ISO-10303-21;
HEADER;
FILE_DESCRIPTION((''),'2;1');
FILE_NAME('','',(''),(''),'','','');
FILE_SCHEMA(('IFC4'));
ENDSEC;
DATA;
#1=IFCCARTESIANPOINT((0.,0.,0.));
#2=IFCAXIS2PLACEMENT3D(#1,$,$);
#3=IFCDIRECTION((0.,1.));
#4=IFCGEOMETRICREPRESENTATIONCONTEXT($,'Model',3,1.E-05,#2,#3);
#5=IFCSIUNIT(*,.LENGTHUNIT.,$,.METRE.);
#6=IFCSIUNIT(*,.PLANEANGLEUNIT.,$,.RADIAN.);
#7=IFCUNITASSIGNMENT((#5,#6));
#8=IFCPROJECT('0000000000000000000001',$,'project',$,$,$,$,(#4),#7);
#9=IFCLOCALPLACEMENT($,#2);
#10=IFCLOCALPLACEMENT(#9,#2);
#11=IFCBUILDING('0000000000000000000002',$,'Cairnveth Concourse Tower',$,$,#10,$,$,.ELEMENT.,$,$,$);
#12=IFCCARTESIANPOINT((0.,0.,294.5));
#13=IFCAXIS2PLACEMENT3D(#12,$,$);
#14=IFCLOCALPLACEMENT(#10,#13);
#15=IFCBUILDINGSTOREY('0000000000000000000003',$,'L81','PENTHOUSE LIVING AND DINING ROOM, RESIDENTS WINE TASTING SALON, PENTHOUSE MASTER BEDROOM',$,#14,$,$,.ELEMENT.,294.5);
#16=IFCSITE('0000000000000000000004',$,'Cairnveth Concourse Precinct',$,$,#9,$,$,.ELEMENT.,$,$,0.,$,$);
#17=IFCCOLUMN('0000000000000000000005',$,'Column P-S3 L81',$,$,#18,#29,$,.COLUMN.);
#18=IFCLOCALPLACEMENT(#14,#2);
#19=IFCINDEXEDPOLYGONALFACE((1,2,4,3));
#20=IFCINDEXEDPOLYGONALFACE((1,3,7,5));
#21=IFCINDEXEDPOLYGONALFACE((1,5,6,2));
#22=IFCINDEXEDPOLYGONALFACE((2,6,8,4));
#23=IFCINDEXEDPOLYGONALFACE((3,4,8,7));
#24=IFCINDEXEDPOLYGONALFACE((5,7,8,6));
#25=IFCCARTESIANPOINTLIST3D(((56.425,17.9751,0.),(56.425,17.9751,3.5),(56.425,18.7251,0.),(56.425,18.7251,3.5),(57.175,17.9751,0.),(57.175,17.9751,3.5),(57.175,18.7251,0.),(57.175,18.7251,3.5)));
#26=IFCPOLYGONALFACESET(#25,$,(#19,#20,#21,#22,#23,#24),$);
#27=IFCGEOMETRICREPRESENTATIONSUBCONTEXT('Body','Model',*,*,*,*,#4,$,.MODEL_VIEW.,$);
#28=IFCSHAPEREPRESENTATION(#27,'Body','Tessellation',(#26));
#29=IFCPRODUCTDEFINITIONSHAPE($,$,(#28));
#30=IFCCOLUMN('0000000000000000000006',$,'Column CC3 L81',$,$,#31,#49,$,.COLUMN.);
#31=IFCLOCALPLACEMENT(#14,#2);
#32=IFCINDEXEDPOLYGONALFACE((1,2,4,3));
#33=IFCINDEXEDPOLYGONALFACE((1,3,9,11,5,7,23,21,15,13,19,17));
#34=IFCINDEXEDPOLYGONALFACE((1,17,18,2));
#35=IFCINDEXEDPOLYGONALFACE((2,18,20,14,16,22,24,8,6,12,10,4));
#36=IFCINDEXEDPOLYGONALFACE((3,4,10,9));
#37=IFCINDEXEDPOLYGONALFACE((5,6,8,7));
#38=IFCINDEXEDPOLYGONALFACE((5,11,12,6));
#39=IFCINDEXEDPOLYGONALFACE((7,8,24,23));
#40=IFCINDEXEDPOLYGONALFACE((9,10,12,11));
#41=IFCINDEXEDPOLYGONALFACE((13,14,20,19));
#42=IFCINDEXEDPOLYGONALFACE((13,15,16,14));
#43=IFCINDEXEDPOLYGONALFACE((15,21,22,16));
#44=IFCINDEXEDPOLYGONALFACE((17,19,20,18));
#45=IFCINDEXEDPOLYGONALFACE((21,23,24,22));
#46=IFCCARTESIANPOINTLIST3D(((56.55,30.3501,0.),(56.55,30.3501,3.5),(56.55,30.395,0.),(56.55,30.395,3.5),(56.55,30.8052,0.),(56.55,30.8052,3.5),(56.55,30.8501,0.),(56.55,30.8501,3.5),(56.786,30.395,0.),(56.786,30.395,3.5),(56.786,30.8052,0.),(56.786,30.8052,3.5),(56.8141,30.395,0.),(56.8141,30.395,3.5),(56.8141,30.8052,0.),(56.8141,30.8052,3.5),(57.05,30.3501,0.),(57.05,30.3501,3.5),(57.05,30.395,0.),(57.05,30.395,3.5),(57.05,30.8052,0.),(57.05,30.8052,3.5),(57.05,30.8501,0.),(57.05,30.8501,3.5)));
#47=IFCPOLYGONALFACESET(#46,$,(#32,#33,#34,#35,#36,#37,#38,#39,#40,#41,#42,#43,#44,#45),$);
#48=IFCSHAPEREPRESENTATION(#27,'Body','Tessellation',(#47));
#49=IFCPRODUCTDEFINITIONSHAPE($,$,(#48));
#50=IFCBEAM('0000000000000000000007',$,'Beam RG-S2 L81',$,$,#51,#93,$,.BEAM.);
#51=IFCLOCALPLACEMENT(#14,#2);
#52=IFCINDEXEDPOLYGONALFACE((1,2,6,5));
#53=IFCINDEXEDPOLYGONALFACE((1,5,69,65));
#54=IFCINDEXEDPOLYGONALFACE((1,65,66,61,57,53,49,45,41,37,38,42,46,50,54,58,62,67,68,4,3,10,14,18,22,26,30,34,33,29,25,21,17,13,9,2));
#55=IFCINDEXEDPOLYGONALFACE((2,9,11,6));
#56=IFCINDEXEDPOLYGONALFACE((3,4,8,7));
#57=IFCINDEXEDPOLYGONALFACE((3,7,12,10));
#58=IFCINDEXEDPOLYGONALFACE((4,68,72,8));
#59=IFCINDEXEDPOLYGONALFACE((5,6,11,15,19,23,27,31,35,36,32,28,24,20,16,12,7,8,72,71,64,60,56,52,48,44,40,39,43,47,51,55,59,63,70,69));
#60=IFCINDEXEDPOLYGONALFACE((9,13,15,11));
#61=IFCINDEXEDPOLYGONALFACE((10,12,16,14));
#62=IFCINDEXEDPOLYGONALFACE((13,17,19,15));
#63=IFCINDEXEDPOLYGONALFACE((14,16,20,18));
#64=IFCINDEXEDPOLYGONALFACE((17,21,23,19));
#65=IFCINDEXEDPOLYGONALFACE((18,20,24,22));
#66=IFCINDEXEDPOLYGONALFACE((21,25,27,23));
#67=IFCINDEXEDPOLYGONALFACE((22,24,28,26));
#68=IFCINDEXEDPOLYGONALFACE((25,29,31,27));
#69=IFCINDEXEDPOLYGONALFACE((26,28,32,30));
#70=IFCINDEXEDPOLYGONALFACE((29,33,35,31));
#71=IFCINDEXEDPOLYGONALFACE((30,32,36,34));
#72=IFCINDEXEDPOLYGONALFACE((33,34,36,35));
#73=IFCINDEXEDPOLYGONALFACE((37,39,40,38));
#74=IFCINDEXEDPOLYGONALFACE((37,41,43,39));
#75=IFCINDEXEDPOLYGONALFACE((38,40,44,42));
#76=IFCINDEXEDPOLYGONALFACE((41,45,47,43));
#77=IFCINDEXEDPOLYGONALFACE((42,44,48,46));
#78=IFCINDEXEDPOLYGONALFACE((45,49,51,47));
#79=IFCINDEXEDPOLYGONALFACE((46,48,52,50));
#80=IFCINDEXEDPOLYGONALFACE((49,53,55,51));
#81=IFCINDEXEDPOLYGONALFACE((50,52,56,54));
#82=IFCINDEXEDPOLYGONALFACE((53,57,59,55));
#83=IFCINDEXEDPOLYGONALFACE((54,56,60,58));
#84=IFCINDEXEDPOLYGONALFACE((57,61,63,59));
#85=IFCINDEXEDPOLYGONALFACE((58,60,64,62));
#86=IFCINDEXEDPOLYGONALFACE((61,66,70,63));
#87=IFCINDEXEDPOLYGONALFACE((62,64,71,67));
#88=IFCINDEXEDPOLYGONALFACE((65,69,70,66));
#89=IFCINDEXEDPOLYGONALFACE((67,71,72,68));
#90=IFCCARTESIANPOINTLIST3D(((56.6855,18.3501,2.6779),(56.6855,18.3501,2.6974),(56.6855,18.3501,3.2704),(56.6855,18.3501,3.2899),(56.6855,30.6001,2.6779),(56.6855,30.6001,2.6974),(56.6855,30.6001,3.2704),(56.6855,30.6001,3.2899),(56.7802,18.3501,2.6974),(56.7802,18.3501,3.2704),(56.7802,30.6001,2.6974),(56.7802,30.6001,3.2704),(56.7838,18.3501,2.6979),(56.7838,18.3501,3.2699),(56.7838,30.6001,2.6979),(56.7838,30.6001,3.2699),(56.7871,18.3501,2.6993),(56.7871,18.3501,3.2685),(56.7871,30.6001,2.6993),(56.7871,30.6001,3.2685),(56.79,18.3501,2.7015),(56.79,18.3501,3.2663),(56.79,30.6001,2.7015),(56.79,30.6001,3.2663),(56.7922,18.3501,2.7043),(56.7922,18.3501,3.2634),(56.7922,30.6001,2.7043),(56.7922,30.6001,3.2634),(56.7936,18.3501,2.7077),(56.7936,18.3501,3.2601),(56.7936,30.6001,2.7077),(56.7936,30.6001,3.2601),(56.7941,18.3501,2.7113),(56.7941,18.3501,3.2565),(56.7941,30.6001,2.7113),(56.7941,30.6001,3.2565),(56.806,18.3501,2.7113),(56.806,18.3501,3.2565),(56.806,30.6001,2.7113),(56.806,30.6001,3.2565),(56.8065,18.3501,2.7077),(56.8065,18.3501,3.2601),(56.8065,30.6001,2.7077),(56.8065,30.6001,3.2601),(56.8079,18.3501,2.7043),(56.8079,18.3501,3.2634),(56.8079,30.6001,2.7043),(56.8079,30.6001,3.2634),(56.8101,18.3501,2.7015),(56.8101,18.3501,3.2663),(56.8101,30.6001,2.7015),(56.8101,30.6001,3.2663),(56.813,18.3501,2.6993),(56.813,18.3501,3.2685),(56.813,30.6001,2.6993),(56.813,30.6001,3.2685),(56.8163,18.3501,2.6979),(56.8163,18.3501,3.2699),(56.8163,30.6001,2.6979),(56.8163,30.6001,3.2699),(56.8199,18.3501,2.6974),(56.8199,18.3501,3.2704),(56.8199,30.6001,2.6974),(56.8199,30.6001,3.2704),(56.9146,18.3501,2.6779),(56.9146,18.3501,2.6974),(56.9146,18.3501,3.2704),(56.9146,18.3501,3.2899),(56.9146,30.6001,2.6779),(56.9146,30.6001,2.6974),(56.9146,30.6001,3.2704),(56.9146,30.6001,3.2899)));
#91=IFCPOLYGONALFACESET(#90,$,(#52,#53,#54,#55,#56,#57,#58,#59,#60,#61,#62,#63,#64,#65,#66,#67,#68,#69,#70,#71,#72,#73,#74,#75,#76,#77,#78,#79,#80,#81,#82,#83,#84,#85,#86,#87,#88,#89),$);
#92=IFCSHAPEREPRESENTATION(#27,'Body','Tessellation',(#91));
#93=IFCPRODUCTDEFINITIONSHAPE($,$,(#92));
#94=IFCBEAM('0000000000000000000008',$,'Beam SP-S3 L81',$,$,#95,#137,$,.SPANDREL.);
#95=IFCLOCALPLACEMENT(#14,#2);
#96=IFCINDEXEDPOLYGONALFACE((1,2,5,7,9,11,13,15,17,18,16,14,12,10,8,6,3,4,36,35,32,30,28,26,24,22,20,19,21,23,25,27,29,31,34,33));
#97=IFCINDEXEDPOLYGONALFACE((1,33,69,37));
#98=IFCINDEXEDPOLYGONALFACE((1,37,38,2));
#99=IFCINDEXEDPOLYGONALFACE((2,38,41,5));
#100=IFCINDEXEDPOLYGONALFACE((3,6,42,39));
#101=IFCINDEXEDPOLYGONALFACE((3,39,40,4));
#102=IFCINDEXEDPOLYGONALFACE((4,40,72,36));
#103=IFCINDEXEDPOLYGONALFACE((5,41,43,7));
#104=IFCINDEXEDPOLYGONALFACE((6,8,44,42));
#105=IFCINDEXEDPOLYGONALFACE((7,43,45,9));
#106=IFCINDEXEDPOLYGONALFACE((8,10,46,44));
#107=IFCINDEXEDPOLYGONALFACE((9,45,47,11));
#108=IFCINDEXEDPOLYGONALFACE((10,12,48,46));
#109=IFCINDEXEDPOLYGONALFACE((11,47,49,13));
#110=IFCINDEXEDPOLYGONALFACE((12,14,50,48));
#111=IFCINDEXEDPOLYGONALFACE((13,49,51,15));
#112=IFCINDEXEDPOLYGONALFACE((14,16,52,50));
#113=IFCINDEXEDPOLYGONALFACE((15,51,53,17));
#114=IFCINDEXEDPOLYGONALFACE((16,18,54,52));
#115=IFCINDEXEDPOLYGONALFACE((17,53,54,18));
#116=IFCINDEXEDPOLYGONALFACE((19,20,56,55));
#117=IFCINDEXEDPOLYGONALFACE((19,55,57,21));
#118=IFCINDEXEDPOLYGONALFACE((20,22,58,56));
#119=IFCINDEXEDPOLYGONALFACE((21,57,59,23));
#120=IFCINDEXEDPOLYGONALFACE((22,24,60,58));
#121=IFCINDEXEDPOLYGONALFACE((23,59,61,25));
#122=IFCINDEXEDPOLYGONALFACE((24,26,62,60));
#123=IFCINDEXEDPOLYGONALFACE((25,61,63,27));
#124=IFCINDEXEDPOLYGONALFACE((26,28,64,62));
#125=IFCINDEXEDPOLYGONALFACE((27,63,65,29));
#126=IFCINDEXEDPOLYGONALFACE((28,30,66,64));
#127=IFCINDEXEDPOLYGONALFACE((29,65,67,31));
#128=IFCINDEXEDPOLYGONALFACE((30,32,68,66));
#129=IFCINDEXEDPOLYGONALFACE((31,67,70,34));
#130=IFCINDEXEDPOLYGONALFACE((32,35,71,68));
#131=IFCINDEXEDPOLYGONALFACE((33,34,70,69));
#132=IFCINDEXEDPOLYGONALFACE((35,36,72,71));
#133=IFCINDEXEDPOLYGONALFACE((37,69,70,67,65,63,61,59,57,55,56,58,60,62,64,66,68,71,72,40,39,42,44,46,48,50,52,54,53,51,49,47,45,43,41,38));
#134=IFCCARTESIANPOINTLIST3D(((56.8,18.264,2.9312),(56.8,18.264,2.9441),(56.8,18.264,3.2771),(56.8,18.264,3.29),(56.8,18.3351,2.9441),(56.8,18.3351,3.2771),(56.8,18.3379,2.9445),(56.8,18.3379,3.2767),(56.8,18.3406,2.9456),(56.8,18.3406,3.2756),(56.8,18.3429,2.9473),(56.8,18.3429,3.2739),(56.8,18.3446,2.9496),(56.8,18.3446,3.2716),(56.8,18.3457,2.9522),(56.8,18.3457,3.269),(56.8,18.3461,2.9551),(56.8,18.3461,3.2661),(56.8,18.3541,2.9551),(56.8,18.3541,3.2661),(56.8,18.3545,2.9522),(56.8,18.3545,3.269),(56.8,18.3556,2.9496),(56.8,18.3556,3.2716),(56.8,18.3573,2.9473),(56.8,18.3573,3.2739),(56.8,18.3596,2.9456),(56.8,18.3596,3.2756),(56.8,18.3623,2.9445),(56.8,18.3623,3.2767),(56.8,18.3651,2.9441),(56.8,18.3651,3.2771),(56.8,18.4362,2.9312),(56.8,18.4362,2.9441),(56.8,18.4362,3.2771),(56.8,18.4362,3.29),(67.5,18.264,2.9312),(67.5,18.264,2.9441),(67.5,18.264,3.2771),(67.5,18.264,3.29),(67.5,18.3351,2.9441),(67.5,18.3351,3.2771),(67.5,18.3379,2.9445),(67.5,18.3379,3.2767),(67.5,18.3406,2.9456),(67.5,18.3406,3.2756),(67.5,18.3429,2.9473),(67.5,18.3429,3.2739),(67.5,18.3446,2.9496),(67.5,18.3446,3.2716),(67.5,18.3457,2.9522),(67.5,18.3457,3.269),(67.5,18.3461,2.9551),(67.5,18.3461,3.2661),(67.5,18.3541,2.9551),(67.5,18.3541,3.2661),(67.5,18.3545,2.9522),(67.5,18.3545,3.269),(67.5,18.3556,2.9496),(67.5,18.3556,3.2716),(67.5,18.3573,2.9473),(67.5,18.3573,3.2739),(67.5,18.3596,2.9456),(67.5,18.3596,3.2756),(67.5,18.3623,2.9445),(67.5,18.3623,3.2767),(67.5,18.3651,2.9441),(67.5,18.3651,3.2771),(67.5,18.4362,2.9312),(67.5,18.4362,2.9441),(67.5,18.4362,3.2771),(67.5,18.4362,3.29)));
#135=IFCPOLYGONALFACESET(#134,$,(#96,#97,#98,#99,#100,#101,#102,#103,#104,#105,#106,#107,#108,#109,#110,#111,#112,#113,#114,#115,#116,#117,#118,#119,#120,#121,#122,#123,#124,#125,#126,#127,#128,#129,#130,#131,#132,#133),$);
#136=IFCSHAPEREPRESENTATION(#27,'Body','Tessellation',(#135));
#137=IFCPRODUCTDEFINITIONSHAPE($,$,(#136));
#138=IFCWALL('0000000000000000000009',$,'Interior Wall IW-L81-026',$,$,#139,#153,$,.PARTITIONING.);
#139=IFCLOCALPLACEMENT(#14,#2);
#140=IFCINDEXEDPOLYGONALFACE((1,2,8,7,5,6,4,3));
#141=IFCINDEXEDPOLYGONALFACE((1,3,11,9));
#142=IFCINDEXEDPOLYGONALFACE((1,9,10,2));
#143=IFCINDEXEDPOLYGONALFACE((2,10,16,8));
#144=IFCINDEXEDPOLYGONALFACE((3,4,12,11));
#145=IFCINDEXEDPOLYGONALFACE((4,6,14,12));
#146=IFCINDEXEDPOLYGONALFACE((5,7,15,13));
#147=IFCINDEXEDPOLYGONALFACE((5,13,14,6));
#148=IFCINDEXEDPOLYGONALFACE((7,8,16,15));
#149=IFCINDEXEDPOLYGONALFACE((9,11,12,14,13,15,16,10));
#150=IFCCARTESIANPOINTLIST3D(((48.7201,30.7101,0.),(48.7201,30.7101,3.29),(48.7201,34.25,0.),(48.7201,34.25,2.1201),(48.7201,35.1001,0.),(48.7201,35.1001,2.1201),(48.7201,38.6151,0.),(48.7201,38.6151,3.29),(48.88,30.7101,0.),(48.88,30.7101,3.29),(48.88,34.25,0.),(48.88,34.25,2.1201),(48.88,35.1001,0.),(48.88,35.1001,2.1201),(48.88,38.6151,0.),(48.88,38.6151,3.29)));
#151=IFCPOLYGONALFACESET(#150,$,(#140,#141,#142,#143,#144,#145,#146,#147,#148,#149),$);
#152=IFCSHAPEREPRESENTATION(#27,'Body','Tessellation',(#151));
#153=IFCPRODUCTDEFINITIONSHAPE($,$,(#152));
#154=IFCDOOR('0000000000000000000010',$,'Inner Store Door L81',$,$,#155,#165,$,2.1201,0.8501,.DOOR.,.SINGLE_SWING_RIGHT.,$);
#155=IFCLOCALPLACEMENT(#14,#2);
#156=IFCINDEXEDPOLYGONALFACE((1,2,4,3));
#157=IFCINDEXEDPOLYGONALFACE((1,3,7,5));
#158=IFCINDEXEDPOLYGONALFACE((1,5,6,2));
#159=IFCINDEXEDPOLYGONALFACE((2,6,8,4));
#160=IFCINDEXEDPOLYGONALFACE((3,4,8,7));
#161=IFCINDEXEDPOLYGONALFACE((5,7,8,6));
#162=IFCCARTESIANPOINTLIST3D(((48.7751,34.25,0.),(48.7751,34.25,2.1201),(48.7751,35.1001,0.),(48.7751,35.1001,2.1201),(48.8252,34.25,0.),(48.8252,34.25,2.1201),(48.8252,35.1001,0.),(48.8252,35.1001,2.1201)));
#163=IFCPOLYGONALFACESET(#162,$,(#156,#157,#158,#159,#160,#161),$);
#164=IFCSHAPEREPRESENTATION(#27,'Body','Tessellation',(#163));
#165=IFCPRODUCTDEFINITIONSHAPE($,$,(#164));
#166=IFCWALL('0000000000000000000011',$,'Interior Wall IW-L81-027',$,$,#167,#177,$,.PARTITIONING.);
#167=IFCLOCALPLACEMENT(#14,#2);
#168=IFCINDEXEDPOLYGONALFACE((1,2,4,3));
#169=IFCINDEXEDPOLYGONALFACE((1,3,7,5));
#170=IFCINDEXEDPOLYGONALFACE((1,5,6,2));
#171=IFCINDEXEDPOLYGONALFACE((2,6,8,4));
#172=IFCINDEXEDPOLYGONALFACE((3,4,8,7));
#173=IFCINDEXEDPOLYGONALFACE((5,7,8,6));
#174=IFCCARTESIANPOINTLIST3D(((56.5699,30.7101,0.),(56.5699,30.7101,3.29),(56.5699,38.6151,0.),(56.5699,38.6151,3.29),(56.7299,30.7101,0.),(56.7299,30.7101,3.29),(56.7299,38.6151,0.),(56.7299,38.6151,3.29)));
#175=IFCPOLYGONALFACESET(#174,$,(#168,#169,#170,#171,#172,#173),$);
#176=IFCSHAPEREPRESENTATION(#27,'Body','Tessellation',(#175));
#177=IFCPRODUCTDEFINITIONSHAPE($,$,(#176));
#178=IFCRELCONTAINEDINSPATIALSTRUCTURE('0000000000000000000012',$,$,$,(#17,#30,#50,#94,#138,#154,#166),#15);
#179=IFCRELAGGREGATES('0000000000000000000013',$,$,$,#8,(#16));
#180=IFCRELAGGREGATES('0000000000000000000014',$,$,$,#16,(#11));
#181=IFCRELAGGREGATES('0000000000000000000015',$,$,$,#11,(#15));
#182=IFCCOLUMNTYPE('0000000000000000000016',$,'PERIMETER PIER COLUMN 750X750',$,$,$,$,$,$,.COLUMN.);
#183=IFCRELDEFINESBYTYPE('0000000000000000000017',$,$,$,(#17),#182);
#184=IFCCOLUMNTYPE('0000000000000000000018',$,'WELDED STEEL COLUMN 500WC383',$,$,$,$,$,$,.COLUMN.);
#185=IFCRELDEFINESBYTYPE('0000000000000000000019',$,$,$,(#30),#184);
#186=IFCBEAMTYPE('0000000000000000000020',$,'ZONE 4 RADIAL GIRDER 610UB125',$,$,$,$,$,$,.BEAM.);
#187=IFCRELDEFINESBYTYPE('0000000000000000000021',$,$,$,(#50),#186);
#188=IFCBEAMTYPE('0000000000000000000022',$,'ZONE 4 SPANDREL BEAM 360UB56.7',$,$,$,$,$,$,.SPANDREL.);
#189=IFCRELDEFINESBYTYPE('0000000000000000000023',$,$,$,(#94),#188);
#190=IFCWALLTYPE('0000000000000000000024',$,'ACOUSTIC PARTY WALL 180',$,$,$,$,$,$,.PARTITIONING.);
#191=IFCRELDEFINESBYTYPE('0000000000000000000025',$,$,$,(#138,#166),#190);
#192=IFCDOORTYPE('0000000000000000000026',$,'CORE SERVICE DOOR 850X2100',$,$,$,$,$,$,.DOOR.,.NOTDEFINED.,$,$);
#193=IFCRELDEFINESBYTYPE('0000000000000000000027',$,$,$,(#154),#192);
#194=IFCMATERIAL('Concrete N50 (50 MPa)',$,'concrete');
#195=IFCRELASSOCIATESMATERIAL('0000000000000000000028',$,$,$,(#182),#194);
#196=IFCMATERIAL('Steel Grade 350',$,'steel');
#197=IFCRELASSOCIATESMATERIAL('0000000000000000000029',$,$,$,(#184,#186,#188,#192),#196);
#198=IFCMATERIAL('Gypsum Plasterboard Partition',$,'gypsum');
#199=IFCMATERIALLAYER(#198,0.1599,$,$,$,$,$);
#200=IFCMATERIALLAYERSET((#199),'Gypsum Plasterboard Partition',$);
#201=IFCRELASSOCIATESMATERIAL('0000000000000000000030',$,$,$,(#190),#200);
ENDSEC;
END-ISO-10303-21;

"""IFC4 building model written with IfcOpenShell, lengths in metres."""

from ifc_helpers import new_model, si_unit, direction, frame, frame_2d, origin, origin_2d, place, context, subcontext, project, spatial, rectangle, i_section, extrude, material, layer, layer_set, material_profile, profile_set, type_object, element, fill, save


model = new_model("IFC4")

# Units and contexts
model_context = context("Model", 3, precision=1e-05, world=origin(), true_north=direction((0.0, 1.0)))
body_context = subcontext(model_context, "Body", "Model", "MODEL_VIEW")
ifc_project = project(units=[si_unit("LENGTHUNIT", "METRE"), si_unit("PLANEANGLEUNIT", "RADIAN")], contexts=[model_context])

# Site, building, storey
site_placement = place(None, origin())
site = spatial("IfcSite", under=ifc_project, at=site_placement, Name="Cairnveth Concourse Precinct", CompositionType="ELEMENT", RefElevation=0.0)
building_placement = place(site_placement, origin())
building = spatial("IfcBuilding", under=site, at=building_placement, Name="Cairnveth Concourse Tower", CompositionType="ELEMENT")
storey_placement = place(building_placement, frame((0.0, 0.0, 294.5)))
storey = spatial("IfcBuildingStorey", under=building, at=storey_placement, Name="L81", Description="PENTHOUSE LIVING AND DINING ROOM, RESIDENTS WINE TASTING SALON, PENTHOUSE MASTER BEDROOM", CompositionType="ELEMENT", Elevation=294.5)

# Columns
ifc_material_1 = material(Name="Concrete N50 (50 MPa)", Category="concrete")
ifc_material_profile_1 = material_profile(ifc_material_1, rectangle(XDim=0.75, YDim=0.75, at=origin_2d()), Name="RC-COL-750x750")
ifc_profile_set_1 = profile_set([ifc_material_profile_1], Name="Concrete N50 (50 MPa)")
column_type_1 = type_object("IfcColumnType", Name="PERIMETER PIER COLUMN 750X750", PredefinedType="COLUMN", material=ifc_profile_set_1)
column_1_placement = place(storey_placement, frame((56.8, 18.3501, 0.0), z_axis=(0.0, 0.0, 1.0), x_axis=(1.0, 0.0, 0.0)))
element("IfcColumn", 1, at=column_1_placement, inside=storey, type_object=column_type_1, Name="Column P-S3 L81", PredefinedType="COLUMN", context=body_context, shape_type="SweptSolid", body=[
    extrude(rectangle(XDim=0.75, YDim=0.75, at=origin_2d()), origin(), (0.0, 0.0, 1.0), 3.5),
])
ifc_material_2 = material(Name="Steel Grade 350", Category="steel")
ifc_material_profile_2 = material_profile(ifc_material_2, i_section(OverallWidth=0.5, OverallDepth=0.5, WebThickness=0.0281, FlangeThickness=0.0449, at=origin_2d()), Name="500WC383")
ifc_profile_set_2 = profile_set([ifc_material_profile_2], Name="Steel Grade 350")
column_type_2 = type_object("IfcColumnType", Name="WELDED STEEL COLUMN 500WC383", PredefinedType="COLUMN", material=ifc_profile_set_2)
column_2_placement = place(storey_placement, frame((56.8, 30.6001, 0.0), z_axis=(0.0, 0.0, 1.0), x_axis=(1.0, 0.0, 0.0)))
element("IfcColumn", 2, at=column_2_placement, inside=storey, type_object=column_type_2, Name="Column CC3 L81", PredefinedType="COLUMN", context=body_context, shape_type="SweptSolid", body=[
    extrude(i_section(OverallWidth=0.5, OverallDepth=0.5, WebThickness=0.0281, FlangeThickness=0.0449, at=origin_2d()), origin(), (0.0, 0.0, 1.0), 3.5),
])

# Beams
ifc_material_profile_3 = material_profile(ifc_material_2, i_section(OverallWidth=0.229, OverallDepth=0.6121, WebThickness=0.012, FlangeThickness=0.0195, FilletRadius=0.0139, at=origin_2d()), Name="610UB125")
ifc_profile_set_3 = profile_set([ifc_material_profile_3], Name="Steel Grade 350")
beam_type_1 = type_object("IfcBeamType", Name="ZONE 4 RADIAL GIRDER 610UB125", PredefinedType="BEAM", material=ifc_profile_set_3)
beam_1_placement = place(storey_placement, frame((56.8, 18.3501, 2.9839), z_axis=(0.0, 1.0, 0.0), x_axis=(-1.0, 0.0, 0.0)))
element("IfcBeam", 3, at=beam_1_placement, inside=storey, type_object=beam_type_1, Name="Beam RG-S2 L81", PredefinedType="BEAM", context=body_context, shape_type="SweptSolid", body=[
    extrude(i_section(OverallWidth=0.229, OverallDepth=0.6121, WebThickness=0.012, FlangeThickness=0.0195, FilletRadius=0.0139, at=origin_2d()), origin(), (0.0, 0.0, 1.0), 12.25),
])
ifc_material_profile_4 = material_profile(ifc_material_2, i_section(OverallWidth=0.1721, OverallDepth=0.3589, WebThickness=0.0081, FlangeThickness=0.0129, FilletRadius=0.011, at=origin_2d()), Name="360UB56.7")
ifc_profile_set_4 = profile_set([ifc_material_profile_4], Name="Steel Grade 350")
beam_type_2 = type_object("IfcBeamType", Name="ZONE 4 SPANDREL BEAM 360UB56.7", PredefinedType="SPANDREL", material=ifc_profile_set_4)
beam_2_placement = place(storey_placement, frame((56.8, 18.3501, 3.1106), z_axis=(1.0, 0.0, 0.0), x_axis=(0.0, 1.0, 0.0)))
element("IfcBeam", 4, at=beam_2_placement, inside=storey, type_object=beam_type_2, Name="Beam SP-S3 L81", PredefinedType="SPANDREL", context=body_context, shape_type="SweptSolid", body=[
    extrude(i_section(OverallWidth=0.1721, OverallDepth=0.3589, WebThickness=0.0081, FlangeThickness=0.0129, FilletRadius=0.011, at=origin_2d()), origin(), (0.0, 0.0, 1.0), 10.7),
])

# Wall, opening, door
ifc_material_3 = material(Name="Gypsum Plasterboard Partition", Category="gypsum")
ifc_layer_1 = layer(ifc_material_3, 0.1599)
ifc_layer_set_1 = layer_set([ifc_layer_1], Name="Gypsum Plasterboard Partition")
wall_type_1 = type_object("IfcWallType", Name="ACOUSTIC PARTY WALL 180", PredefinedType="PARTITIONING", material=ifc_layer_set_1)
wall_1_placement = place(storey_placement, frame((48.8, 30.71, 0.0), z_axis=(0.0, 0.0, 1.0), x_axis=(0.0, 1.0, 0.0)))
wall_1 = element("IfcWall", 5, at=wall_1_placement, inside=storey, type_object=wall_type_1, Name="Interior Wall IW-L81-026", PredefinedType="PARTITIONING", context=body_context, shape_type="SweptSolid", body=[
    extrude(rectangle(XDim=7.905, YDim=0.1599, at=frame_2d((3.9526, 0.0))), origin(), (0.0, 0.0, 1.0), 3.29),
])
opening_1_placement = place(wall_1_placement, frame((3.54, 0.0, 0.0)))
opening_1 = element("IfcOpeningElement", 6, at=opening_1_placement, cuts=wall_1, PredefinedType="OPENING", context=body_context, shape_type="SweptSolid", body=[
    extrude(rectangle(XDim=0.8501, YDim=2.1201, at=frame_2d((0.425, 1.0601))), frame((0.0, 0.0898, 0.0), z_axis=(0.0, -1.0, 0.0), x_axis=(1.0, 0.0, 0.0)), (0.0, 0.0, 1.0), 0.1799),
])
door_type_1 = type_object("IfcDoorType", Name="CORE SERVICE DOOR 850X2100", OperationType="NOTDEFINED", PredefinedType="DOOR", material=ifc_material_2)
door_1_placement = place(opening_1_placement, origin())
door_1 = element("IfcDoor", 7, at=door_1_placement, inside=storey, type_object=door_type_1, Name="Inner Store Door L81", OperationType="SINGLE_SWING_RIGHT", OverallHeight=2.1201, OverallWidth=0.8501, PredefinedType="DOOR", context=body_context, shape_type="SweptSolid", body=[
    extrude(rectangle(XDim=0.8501, YDim=2.1201, at=frame_2d((0.425, 1.0601))), frame((0.0, 0.0249, 0.0), z_axis=(0.0, -1.0, 0.0), x_axis=(1.0, 0.0, 0.0)), (0.0, 0.0, 1.0), 0.05),
])
fill(opening_1, door_1)

# Wall
wall_2_placement = place(storey_placement, frame((56.6499, 30.71, 0.0), z_axis=(0.0, 0.0, 1.0), x_axis=(0.0, 1.0, 0.0)))
element("IfcWall", 8, at=wall_2_placement, inside=storey, type_object=wall_type_1, Name="Interior Wall IW-L81-027", PredefinedType="PARTITIONING", context=body_context, shape_type="SweptSolid", body=[
    extrude(rectangle(XDim=7.905, YDim=0.1599, at=frame_2d((3.9526, 0.0))), origin(), (0.0, 0.0, 1.0), 3.29),
])

save(model, "model.ifc")
